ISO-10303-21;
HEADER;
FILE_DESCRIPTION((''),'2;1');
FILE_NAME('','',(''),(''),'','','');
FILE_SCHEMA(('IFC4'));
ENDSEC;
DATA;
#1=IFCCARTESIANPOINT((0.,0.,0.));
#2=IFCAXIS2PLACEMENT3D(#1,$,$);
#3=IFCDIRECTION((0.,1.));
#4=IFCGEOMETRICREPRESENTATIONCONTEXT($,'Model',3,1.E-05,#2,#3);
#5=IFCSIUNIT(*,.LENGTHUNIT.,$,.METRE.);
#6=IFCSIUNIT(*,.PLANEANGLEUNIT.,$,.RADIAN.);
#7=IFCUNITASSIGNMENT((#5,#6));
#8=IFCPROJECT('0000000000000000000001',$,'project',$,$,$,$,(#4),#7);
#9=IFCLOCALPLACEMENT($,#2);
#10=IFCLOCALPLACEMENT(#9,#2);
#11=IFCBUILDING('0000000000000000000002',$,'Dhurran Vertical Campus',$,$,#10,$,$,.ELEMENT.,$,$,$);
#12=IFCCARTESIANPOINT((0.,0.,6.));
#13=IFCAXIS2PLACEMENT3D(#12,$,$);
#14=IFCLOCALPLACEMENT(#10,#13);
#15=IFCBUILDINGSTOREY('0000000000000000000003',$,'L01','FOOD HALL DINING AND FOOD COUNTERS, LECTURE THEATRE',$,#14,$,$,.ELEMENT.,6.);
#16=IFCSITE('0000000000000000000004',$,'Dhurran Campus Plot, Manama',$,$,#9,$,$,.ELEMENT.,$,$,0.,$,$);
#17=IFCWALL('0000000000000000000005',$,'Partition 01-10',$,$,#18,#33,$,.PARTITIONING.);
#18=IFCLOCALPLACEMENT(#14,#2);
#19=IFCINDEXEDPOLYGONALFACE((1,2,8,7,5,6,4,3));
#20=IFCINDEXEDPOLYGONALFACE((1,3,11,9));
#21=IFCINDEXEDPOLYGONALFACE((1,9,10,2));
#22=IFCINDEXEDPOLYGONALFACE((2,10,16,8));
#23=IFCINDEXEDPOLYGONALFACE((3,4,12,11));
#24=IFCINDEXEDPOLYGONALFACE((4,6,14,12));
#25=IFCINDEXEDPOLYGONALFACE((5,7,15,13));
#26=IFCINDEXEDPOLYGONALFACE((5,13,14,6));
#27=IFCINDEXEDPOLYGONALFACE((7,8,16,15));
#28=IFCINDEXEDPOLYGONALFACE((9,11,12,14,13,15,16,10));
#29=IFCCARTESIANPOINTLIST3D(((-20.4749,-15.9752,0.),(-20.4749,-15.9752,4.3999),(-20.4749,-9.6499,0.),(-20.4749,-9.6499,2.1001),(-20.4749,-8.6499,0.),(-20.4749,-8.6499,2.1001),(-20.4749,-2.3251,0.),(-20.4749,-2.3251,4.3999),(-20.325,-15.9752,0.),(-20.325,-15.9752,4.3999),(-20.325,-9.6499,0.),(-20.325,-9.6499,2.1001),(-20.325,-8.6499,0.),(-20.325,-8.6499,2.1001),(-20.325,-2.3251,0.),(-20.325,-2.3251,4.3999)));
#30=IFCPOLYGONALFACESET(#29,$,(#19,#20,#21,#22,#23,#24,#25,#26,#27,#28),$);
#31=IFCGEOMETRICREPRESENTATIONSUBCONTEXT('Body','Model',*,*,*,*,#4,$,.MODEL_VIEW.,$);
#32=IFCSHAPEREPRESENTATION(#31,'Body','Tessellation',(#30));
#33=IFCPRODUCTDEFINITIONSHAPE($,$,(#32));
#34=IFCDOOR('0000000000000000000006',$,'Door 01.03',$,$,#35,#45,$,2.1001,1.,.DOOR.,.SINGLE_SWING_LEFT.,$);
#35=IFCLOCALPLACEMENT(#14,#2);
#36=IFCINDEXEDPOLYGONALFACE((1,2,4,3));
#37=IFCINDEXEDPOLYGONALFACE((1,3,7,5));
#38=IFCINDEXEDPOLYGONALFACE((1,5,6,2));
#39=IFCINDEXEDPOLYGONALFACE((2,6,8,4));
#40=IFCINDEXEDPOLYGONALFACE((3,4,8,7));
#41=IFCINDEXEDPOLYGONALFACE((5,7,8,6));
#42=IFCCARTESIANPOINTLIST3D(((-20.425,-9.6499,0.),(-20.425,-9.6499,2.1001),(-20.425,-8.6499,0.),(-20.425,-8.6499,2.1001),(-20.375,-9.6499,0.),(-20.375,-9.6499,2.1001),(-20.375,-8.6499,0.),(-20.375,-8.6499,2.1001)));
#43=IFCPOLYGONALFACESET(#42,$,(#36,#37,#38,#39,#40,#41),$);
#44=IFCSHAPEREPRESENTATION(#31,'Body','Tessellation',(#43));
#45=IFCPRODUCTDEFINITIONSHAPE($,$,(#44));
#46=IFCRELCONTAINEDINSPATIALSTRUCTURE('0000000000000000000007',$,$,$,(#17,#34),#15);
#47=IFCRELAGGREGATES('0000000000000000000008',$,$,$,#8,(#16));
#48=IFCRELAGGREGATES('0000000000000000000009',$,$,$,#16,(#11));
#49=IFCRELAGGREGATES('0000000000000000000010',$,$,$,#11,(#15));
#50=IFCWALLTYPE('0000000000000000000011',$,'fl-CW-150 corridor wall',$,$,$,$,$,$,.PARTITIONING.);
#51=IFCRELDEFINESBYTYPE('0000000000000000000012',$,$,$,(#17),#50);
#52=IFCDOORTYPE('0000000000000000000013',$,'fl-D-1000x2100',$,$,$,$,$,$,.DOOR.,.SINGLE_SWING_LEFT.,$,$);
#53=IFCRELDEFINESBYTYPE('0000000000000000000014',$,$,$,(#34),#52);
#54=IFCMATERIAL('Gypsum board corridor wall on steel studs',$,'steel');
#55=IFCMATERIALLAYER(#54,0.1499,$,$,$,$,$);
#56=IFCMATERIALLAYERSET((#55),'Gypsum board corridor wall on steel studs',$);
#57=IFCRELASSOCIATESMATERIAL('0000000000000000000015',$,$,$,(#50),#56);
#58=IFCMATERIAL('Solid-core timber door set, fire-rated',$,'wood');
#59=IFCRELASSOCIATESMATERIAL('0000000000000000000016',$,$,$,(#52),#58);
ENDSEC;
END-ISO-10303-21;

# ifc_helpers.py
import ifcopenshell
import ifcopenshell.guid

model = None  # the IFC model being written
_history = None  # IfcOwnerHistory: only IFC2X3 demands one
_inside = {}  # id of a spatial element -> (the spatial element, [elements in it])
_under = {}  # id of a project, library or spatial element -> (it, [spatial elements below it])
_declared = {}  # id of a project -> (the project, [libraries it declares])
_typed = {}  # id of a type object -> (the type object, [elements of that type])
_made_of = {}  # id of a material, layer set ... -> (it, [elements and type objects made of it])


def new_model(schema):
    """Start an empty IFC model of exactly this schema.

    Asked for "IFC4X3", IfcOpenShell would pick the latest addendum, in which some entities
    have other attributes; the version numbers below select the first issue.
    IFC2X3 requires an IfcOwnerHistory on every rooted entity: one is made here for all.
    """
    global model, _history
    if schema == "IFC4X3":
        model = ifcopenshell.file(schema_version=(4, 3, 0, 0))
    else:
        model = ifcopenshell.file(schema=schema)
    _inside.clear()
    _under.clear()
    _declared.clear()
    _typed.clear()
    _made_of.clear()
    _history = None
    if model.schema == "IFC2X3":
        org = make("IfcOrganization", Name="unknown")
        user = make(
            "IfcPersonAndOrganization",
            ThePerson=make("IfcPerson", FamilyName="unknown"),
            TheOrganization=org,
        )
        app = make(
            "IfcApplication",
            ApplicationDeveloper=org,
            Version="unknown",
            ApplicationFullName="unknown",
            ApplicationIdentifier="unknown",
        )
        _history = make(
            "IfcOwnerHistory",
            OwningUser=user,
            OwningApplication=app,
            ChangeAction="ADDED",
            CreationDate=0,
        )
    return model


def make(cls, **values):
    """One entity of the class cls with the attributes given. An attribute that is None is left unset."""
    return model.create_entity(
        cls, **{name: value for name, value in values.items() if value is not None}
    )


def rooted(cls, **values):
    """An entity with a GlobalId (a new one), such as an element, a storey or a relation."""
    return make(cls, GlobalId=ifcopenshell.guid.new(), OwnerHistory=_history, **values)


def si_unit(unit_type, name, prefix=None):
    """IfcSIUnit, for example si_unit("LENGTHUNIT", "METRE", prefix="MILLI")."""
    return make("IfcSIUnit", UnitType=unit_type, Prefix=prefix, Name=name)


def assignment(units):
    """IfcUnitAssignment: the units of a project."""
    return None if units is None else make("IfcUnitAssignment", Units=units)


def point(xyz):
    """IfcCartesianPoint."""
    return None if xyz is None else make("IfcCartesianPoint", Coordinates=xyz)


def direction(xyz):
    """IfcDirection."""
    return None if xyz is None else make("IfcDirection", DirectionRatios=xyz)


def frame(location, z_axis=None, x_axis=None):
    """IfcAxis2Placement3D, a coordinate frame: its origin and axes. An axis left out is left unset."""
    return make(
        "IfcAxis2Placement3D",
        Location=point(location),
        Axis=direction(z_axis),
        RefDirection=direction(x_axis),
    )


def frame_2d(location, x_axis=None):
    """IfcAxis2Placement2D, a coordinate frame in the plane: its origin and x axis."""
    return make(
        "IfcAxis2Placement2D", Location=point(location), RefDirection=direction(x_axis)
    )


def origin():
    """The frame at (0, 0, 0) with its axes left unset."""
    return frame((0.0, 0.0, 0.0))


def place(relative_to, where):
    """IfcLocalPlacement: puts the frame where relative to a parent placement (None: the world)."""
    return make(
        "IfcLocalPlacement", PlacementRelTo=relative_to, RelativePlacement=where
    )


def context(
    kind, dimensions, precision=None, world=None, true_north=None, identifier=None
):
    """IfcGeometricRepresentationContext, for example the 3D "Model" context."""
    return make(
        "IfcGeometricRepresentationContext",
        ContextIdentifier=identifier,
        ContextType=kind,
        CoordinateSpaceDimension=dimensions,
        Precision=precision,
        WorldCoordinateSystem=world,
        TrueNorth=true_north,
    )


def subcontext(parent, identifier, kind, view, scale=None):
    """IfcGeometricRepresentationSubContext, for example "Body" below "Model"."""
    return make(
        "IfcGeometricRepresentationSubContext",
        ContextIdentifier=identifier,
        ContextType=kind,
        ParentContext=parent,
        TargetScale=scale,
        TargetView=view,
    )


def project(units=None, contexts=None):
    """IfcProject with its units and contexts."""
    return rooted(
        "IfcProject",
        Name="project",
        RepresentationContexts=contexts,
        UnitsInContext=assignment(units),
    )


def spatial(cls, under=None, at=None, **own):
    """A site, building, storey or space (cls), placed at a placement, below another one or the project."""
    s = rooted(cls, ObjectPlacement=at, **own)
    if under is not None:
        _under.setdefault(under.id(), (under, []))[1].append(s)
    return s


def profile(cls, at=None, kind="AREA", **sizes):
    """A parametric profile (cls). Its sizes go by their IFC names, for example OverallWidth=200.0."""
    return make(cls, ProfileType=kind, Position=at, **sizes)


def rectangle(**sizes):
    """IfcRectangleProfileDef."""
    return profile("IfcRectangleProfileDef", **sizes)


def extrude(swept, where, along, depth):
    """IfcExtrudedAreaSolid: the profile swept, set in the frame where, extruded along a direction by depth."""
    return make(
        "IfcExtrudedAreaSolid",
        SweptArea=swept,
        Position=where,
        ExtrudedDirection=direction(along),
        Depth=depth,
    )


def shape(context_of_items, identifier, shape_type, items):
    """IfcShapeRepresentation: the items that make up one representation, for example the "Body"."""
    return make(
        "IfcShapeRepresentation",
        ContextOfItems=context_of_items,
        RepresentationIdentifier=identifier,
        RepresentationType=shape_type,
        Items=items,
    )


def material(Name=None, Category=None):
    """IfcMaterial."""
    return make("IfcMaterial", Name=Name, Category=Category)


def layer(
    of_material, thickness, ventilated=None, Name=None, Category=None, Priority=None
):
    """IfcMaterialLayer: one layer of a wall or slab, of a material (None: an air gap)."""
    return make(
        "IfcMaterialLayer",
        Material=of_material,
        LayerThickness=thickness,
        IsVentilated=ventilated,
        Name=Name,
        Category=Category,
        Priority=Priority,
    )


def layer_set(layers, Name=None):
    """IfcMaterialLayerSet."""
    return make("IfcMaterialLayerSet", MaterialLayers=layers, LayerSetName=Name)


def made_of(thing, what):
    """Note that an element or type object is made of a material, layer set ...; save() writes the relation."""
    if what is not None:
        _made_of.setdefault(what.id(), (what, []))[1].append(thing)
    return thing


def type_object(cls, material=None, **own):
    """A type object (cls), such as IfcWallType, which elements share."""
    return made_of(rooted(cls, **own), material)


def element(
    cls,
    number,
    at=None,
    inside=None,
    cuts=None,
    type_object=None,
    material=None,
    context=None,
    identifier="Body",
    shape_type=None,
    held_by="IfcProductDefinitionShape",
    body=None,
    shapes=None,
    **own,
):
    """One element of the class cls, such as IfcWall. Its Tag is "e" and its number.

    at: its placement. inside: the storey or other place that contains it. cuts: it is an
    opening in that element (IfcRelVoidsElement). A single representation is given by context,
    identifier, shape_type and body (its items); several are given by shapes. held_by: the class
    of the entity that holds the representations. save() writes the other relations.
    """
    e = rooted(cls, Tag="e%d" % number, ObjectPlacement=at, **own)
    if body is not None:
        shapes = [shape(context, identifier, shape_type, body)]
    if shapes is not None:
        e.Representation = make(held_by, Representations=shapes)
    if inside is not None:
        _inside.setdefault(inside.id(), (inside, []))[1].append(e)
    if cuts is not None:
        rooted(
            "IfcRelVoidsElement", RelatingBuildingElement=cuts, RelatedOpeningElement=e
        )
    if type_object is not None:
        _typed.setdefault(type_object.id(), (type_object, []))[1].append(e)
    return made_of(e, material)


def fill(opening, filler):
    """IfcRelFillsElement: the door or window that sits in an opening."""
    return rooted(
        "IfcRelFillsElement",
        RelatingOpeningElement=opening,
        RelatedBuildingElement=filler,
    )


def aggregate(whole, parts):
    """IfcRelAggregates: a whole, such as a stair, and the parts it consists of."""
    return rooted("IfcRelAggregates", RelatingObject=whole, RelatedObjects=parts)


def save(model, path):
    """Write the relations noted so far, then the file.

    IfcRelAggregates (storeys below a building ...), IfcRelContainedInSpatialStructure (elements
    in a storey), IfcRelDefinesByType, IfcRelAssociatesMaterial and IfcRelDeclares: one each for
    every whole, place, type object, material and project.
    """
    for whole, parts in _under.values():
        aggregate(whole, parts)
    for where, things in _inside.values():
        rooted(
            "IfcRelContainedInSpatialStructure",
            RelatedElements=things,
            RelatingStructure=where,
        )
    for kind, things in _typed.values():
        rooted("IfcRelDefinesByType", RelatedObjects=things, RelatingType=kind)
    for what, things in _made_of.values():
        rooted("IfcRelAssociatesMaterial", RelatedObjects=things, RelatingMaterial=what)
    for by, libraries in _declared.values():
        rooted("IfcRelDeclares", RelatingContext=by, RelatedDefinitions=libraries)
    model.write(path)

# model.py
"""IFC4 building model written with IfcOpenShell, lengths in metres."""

from ifc_helpers import new_model, si_unit, direction, frame, frame_2d, origin, place, context, subcontext, project, spatial, rectangle, extrude, material, layer, layer_set, type_object, element, fill, save


model = new_model("IFC4")

# Units and contexts
model_context = context("Model", 3, precision=1e-05, world=origin(), true_north=direction((0.0, 1.0)))
body_context = subcontext(model_context, "Body", "Model", "MODEL_VIEW")
ifc_project = project(units=[si_unit("LENGTHUNIT", "METRE"), si_unit("PLANEANGLEUNIT", "RADIAN")], contexts=[model_context])

# Site, building, storey
site_placement = place(None, origin())
site = spatial("IfcSite", under=ifc_project, at=site_placement, Name="Dhurran Campus Plot, Manama", CompositionType="ELEMENT", RefElevation=0.0)
building_placement = place(site_placement, origin())
building = spatial("IfcBuilding", under=site, at=building_placement, Name="Dhurran Vertical Campus", CompositionType="ELEMENT")
storey_placement = place(building_placement, frame((0.0, 0.0, 6.0)))
storey = spatial("IfcBuildingStorey", under=building, at=storey_placement, Name="L01", Description="FOOD HALL DINING AND FOOD COUNTERS, LECTURE THEATRE", CompositionType="ELEMENT", Elevation=6.0)

# Shared definitions
ifc_material_1 = material(Name="Gypsum board corridor wall on steel studs", Category="steel")
ifc_layer_1 = layer(ifc_material_1, 0.1499)
ifc_layer_set_1 = layer_set([ifc_layer_1], Name="Gypsum board corridor wall on steel studs")
wall_type_1 = type_object("IfcWallType", Name="fl-CW-150 corridor wall", PredefinedType="PARTITIONING", material=ifc_layer_set_1)

# Wall, opening, door
wall_1_placement = place(storey_placement, frame((-20.3999, -2.325, 0.0), z_axis=(0.0, 0.0, 1.0), x_axis=(0.0, -1.0, 0.0)))
wall_1 = element("IfcWall", 1, at=wall_1_placement, inside=storey, type_object=wall_type_1, Name="Partition 01-10", PredefinedType="PARTITIONING", context=body_context, shape_type="SweptSolid", body=[
    extrude(rectangle(XDim=13.6501, YDim=0.1499, at=frame_2d((6.8252, 0.0))), origin(), (0.0, 0.0, 1.0), 4.3999),
])
opening_1_placement = place(wall_1_placement, frame((6.325, 0.0, 0.0)))
opening_1 = element("IfcOpeningElement", 2, at=opening_1_placement, cuts=wall_1, PredefinedType="OPENING", context=body_context, shape_type="SweptSolid", body=[
    extrude(rectangle(XDim=1.0, YDim=2.1001, at=frame_2d((0.5, 1.05))), frame((0.0, 0.085, 0.0), z_axis=(0.0, -1.0, 0.0), x_axis=(1.0, 0.0, 0.0)), (0.0, 0.0, 1.0), 0.1699),
])
ifc_material_2 = material(Name="Solid-core timber door set, fire-rated", Category="wood")
door_type_1 = type_object("IfcDoorType", Name="fl-D-1000x2100", OperationType="SINGLE_SWING_LEFT", PredefinedType="DOOR", material=ifc_material_2)
door_1_placement = place(opening_1_placement, origin())
door_1 = element("IfcDoor", 3, at=door_1_placement, inside=storey, type_object=door_type_1, Name="Door 01.03", OperationType="SINGLE_SWING_LEFT", OverallHeight=2.1001, OverallWidth=1.0, PredefinedType="DOOR", context=body_context, shape_type="SweptSolid", body=[
    extrude(rectangle(XDim=1.0, YDim=2.1001, at=frame_2d((0.5, 1.05))), frame((0.0, 0.0249, 0.0), z_axis=(0.0, -1.0, 0.0), x_axis=(1.0, 0.0, 0.0)), (0.0, 0.0, 1.0), 0.05),
])
fill(opening_1, door_1)

save(model, "model.ifc")
